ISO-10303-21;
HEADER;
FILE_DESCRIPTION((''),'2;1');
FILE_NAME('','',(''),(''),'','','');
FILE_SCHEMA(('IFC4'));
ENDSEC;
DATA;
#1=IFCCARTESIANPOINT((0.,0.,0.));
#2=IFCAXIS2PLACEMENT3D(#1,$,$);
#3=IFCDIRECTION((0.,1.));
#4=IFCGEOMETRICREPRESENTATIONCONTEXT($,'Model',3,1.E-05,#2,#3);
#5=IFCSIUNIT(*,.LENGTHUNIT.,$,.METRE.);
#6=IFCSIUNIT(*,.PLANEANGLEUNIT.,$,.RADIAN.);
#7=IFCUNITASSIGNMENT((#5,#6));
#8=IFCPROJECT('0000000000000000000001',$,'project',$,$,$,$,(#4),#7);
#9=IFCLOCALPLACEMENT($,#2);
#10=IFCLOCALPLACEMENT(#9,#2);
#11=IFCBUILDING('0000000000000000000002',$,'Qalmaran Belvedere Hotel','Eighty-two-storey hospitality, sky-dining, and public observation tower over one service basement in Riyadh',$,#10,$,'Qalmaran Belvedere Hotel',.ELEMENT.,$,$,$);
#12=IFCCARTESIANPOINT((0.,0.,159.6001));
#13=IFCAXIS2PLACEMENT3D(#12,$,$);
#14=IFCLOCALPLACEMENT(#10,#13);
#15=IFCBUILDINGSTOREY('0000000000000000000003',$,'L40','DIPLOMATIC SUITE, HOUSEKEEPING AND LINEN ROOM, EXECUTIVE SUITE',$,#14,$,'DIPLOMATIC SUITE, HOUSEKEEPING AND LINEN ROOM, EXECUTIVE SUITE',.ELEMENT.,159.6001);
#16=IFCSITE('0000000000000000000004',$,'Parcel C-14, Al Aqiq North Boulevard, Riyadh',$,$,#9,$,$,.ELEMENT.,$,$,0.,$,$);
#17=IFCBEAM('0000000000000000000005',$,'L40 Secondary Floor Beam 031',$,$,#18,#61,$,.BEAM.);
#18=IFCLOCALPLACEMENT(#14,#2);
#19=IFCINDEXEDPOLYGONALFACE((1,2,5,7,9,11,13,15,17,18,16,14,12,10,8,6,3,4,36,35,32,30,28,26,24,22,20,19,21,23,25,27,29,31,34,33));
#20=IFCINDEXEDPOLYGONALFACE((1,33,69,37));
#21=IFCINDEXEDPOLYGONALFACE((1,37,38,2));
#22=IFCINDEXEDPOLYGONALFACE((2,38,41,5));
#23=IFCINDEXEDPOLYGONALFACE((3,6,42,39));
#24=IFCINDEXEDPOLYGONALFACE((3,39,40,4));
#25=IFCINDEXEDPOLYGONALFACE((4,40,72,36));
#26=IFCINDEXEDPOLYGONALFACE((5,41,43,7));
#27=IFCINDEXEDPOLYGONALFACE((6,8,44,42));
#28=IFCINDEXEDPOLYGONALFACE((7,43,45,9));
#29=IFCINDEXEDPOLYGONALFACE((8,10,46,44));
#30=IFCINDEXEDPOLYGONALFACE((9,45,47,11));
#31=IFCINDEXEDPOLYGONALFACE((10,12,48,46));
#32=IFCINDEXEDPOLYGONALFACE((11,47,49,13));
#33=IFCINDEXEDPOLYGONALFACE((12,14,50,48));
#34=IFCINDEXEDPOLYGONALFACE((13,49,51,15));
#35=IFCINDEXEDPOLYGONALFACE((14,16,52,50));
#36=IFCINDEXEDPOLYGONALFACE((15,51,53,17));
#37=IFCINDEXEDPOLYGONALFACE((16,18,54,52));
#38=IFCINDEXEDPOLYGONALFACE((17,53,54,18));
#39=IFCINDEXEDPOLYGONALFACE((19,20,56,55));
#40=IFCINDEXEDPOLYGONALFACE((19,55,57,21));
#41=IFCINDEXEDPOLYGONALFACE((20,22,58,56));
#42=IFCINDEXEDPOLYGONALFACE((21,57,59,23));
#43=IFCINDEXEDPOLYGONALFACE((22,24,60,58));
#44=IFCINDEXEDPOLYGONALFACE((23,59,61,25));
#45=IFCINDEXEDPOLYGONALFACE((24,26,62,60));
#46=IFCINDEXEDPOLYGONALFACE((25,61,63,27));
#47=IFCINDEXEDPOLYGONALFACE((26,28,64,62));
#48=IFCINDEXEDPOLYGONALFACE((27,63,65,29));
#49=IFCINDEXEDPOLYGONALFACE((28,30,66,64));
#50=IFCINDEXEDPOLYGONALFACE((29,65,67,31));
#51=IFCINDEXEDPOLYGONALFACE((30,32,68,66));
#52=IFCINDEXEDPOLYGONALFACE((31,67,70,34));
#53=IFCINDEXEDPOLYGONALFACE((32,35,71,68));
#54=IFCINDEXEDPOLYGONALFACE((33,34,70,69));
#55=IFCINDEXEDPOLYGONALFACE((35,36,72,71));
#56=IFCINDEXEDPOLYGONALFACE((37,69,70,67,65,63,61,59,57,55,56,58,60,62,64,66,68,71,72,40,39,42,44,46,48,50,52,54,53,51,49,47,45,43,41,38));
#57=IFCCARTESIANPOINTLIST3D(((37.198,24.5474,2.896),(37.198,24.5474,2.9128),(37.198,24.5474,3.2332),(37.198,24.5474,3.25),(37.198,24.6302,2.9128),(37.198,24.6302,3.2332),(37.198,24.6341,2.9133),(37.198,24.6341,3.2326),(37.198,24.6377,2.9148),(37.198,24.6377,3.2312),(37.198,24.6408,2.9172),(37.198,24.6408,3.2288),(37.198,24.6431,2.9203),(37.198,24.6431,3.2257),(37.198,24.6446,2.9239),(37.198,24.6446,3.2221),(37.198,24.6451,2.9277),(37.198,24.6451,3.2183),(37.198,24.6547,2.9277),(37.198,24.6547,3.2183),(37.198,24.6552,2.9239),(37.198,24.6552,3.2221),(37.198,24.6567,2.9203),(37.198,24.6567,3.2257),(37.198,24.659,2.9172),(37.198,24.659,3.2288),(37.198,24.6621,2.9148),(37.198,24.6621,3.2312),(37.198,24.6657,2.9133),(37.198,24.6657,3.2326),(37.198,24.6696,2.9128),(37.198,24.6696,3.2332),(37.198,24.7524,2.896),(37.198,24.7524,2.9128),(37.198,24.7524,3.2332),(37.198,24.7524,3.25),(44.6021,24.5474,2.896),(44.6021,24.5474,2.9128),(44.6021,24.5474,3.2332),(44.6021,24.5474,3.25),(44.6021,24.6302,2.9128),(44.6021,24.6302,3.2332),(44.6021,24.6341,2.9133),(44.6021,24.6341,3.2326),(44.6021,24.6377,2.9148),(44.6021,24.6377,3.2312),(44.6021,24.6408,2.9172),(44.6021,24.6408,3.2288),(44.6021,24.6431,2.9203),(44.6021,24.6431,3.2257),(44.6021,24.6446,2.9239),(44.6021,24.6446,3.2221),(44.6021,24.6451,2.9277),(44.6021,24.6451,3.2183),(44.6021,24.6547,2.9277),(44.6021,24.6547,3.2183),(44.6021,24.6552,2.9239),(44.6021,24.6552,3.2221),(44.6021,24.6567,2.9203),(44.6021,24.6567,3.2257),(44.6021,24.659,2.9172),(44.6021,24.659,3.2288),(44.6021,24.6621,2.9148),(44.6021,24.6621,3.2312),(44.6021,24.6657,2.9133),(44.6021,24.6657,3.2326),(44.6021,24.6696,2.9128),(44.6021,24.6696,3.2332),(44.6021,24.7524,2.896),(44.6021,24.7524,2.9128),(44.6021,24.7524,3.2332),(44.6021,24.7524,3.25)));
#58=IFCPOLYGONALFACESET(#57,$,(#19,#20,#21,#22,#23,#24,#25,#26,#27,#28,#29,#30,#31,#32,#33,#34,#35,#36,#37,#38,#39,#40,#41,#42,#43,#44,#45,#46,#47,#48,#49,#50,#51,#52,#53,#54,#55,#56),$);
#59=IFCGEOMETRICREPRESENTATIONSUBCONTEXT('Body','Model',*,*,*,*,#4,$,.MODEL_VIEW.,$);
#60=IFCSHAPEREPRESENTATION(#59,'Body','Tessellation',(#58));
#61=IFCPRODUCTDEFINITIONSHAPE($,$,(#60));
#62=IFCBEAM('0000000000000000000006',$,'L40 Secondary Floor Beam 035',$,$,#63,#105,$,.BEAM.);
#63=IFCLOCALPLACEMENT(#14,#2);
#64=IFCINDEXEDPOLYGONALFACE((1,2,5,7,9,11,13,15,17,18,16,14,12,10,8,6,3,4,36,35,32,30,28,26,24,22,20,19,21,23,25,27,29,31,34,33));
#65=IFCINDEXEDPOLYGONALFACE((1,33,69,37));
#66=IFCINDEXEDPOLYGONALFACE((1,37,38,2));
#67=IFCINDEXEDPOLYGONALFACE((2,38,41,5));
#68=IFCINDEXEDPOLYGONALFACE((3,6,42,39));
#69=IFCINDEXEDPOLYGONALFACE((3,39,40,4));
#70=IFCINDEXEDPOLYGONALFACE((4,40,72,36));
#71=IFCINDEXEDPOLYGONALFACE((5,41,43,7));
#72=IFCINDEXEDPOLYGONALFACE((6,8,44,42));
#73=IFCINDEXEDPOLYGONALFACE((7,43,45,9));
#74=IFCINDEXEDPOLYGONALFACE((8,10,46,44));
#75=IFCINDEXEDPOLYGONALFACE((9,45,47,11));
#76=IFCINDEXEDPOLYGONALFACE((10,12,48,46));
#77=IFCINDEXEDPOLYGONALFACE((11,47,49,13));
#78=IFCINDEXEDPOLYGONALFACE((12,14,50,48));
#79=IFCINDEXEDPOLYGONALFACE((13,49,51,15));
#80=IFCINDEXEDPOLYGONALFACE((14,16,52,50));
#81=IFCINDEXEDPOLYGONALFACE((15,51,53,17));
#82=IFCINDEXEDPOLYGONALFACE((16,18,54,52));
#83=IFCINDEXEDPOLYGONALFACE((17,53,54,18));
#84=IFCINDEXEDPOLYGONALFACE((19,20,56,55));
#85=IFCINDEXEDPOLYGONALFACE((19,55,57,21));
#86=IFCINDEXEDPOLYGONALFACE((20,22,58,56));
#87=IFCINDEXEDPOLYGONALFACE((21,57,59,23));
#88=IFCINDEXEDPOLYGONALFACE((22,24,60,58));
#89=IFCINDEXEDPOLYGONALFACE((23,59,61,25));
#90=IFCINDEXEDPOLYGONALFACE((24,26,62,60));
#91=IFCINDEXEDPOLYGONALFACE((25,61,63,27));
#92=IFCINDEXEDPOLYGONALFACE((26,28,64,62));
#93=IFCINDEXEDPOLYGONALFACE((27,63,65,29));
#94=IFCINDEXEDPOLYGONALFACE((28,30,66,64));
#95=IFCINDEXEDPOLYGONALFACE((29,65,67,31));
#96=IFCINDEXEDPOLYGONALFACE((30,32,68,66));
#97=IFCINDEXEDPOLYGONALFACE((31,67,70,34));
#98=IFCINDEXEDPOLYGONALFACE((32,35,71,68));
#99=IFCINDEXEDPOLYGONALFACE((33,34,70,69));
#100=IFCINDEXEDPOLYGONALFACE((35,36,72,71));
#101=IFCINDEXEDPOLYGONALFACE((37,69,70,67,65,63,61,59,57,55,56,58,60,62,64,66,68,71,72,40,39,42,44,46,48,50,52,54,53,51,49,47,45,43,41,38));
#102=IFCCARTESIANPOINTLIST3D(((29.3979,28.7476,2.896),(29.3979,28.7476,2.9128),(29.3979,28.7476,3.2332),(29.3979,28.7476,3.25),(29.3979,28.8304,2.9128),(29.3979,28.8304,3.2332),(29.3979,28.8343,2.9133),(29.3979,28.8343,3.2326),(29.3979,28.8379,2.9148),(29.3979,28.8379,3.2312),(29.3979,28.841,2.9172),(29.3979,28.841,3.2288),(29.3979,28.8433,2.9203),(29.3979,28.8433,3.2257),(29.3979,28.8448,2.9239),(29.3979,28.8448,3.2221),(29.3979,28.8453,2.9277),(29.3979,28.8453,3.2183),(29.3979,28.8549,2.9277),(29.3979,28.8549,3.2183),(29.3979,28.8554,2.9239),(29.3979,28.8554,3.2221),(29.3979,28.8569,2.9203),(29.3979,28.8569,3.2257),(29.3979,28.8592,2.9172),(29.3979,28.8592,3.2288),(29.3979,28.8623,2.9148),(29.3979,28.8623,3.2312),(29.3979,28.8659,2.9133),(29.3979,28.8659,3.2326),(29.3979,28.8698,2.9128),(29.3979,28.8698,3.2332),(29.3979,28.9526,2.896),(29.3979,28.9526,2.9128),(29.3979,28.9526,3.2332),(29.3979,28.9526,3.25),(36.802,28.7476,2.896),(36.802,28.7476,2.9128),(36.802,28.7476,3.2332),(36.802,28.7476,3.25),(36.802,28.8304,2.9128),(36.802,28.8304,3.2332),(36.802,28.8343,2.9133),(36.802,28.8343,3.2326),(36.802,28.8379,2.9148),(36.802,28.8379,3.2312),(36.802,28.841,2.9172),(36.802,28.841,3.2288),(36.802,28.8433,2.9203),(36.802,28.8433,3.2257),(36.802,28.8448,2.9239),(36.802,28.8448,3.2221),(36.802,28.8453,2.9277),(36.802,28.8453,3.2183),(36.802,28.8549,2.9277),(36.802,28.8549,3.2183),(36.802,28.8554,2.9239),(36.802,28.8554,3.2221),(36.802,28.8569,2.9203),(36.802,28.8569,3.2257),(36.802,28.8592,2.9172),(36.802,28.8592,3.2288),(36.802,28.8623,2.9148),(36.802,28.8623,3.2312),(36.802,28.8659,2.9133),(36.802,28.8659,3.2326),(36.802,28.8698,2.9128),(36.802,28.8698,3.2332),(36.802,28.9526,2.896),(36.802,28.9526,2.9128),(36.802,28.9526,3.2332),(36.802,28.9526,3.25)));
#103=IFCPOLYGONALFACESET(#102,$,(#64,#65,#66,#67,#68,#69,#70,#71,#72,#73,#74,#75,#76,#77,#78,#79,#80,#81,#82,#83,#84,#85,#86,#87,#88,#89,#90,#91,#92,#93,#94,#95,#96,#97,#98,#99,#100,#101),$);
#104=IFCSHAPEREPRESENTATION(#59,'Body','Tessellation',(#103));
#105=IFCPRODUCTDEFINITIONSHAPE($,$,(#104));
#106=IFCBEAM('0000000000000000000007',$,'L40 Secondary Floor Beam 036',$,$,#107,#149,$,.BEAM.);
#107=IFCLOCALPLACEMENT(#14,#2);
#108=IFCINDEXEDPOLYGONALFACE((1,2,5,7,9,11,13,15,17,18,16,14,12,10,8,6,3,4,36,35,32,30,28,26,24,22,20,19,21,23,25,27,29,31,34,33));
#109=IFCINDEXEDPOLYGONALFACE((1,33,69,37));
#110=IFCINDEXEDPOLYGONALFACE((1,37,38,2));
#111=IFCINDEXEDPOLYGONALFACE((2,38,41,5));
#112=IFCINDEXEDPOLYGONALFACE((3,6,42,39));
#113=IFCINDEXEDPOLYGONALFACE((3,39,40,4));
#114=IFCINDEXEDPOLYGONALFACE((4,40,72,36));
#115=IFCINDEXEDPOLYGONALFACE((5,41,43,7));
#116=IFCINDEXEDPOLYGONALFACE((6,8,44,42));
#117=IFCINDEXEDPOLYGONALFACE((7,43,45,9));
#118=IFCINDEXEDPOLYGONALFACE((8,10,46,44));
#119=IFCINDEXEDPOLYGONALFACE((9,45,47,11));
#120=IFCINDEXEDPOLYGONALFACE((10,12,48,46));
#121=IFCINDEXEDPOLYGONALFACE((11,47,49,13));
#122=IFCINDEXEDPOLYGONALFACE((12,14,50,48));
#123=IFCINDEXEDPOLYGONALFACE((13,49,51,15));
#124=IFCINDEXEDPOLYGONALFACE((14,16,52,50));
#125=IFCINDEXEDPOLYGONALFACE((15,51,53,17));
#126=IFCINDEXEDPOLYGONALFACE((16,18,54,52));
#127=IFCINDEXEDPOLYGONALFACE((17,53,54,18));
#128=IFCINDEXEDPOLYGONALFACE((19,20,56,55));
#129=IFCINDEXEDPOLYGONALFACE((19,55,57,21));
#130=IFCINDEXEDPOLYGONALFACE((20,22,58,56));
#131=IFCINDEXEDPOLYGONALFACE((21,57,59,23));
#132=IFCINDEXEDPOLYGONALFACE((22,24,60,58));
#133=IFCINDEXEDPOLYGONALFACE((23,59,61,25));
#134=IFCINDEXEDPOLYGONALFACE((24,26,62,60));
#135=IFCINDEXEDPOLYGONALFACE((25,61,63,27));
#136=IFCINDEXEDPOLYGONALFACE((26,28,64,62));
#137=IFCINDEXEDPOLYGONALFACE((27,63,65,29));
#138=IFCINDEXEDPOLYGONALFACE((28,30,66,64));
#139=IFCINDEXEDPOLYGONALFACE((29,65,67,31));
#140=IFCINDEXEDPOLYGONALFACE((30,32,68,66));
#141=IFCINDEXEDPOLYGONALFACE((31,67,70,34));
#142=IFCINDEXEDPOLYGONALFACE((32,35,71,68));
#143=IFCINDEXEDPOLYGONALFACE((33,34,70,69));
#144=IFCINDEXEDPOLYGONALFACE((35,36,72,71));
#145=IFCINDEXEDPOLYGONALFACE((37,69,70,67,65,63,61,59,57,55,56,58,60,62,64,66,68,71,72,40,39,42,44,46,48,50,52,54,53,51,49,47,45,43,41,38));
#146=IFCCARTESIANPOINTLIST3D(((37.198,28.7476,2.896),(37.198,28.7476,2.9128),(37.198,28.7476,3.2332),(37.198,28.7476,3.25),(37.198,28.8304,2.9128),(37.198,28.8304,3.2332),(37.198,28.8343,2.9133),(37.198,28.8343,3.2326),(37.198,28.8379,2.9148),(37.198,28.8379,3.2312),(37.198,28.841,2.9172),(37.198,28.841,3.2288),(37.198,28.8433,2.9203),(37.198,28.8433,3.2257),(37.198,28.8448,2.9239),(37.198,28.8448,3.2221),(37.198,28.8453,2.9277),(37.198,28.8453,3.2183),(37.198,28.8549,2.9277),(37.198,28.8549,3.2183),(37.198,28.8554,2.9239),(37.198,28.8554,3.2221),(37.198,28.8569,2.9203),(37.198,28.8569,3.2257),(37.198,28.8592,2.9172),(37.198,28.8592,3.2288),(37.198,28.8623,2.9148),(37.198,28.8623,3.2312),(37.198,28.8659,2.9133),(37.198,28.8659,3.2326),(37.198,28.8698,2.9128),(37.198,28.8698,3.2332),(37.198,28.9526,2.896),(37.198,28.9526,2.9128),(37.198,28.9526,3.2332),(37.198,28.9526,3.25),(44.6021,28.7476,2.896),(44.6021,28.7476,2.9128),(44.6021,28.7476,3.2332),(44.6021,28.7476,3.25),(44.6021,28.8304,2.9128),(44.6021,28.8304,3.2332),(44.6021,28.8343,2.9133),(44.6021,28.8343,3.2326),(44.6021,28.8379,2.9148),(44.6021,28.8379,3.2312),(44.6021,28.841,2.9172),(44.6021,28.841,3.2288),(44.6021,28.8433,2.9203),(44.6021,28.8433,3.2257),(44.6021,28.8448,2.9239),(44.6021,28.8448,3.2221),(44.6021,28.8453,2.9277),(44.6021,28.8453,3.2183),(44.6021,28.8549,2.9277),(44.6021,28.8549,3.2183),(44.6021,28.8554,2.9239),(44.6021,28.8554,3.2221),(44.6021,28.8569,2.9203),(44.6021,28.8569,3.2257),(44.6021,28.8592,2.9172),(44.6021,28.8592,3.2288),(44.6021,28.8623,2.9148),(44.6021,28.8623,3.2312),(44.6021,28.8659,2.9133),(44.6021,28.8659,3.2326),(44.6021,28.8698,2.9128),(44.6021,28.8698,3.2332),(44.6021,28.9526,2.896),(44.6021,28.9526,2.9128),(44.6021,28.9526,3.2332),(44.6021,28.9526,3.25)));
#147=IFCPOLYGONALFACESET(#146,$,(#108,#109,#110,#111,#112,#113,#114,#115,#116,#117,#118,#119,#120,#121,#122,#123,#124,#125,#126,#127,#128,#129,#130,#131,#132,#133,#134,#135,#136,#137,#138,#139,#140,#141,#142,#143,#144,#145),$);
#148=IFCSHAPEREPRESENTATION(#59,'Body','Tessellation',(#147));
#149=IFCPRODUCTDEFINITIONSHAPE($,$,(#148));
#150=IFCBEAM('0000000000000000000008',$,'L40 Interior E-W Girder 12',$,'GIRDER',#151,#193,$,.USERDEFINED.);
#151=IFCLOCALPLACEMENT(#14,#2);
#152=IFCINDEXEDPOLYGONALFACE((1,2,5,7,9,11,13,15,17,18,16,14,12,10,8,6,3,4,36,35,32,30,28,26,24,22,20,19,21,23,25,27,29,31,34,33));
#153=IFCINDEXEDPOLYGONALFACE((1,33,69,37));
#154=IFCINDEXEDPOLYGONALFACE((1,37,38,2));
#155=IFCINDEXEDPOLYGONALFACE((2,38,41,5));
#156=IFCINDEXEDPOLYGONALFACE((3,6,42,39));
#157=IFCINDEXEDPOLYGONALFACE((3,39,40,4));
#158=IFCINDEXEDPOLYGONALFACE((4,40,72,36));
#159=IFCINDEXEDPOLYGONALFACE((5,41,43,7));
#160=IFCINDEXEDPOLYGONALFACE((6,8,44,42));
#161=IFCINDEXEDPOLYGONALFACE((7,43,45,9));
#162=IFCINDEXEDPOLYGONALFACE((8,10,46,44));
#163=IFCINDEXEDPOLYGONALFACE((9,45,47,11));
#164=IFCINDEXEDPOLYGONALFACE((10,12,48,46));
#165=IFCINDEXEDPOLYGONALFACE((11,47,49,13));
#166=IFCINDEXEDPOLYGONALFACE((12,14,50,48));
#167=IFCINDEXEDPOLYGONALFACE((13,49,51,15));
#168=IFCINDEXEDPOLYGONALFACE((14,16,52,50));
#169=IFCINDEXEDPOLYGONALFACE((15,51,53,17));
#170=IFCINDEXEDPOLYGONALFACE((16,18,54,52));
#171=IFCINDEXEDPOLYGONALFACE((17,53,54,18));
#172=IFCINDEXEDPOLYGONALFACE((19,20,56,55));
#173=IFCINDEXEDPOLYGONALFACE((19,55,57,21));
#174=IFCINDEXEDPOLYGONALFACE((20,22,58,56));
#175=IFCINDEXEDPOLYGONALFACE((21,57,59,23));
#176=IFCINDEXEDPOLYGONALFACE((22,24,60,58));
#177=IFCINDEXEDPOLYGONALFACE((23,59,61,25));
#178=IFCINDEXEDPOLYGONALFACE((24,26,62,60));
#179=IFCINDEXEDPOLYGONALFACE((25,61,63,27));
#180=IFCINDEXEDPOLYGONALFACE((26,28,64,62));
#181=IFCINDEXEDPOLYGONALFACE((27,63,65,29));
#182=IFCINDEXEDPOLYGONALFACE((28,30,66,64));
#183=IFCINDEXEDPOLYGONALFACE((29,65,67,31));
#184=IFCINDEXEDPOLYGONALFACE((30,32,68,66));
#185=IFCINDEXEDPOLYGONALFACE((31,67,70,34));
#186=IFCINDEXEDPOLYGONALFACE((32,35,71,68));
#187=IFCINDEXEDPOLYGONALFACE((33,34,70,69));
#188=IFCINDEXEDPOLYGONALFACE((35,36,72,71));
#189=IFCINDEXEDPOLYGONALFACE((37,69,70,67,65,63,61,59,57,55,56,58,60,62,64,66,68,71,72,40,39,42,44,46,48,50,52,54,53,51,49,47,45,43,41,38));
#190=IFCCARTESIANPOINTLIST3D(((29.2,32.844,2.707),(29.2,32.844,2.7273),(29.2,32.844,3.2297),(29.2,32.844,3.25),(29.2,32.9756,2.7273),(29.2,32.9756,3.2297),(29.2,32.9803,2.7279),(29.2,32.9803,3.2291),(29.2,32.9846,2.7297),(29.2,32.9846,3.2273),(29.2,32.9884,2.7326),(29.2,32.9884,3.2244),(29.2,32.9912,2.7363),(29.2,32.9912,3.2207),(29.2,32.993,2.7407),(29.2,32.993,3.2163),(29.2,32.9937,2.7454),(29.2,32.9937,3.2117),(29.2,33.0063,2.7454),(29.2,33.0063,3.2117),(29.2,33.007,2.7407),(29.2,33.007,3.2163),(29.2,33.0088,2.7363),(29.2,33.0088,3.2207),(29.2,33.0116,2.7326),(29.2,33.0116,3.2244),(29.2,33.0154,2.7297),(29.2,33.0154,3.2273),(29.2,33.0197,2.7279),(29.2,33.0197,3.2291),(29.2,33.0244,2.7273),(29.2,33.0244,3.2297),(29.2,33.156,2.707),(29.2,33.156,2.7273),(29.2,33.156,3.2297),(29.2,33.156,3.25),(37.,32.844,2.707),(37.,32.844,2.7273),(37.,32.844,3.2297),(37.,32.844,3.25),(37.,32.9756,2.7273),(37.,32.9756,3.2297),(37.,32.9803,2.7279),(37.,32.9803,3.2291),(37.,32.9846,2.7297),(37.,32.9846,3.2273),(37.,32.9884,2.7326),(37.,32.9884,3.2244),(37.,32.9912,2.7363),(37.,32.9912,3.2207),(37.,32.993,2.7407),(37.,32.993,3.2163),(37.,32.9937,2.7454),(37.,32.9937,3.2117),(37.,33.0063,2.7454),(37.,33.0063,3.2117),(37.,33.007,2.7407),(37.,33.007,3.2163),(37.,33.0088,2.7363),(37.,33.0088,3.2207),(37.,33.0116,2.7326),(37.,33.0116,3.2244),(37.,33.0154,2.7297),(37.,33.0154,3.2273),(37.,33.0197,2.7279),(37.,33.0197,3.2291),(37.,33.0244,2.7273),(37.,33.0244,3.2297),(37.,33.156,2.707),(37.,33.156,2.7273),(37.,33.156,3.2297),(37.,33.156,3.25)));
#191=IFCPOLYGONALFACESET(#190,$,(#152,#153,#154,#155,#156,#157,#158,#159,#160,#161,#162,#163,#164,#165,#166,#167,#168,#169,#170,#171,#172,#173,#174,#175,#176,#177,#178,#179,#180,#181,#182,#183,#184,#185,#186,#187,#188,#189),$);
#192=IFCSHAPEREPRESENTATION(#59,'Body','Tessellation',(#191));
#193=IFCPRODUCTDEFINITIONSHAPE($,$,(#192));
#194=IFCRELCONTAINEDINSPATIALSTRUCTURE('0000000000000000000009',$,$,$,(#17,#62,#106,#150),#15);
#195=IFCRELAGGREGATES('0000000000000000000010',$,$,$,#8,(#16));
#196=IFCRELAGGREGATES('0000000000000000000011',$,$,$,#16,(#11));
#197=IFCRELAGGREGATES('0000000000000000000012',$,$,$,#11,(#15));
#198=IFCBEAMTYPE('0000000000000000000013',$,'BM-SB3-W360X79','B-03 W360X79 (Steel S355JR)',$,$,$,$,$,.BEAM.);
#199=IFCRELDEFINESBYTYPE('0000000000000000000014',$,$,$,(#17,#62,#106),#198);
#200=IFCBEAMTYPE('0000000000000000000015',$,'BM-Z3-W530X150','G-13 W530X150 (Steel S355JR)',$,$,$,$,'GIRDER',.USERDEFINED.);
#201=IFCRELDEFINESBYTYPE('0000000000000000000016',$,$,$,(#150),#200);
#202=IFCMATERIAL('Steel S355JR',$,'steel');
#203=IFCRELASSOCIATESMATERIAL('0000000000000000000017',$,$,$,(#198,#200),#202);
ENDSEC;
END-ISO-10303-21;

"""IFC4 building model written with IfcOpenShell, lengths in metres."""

from ifc_helpers import new_model, si_unit, direction, frame, origin, origin_2d, place, context, subcontext, project, spatial, i_section, extrude, material, material_profile, profile_set, type_object, element, save


model = new_model("IFC4")

# Units and contexts
model_context = context("Model", 3, precision=1e-05, world=origin(), true_north=direction((0.0, 1.0)))
body_context = subcontext(model_context, "Body", "Model", "MODEL_VIEW")
ifc_project = project(units=[si_unit("LENGTHUNIT", "METRE"), si_unit("PLANEANGLEUNIT", "RADIAN")], contexts=[model_context])

# Site, building, storey
site_placement = place(None, origin())
site = spatial("IfcSite", under=ifc_project, at=site_placement, Name="Parcel C-14, Al Aqiq North Boulevard, Riyadh", CompositionType="ELEMENT", RefElevation=0.0)
building_placement = place(site_placement, origin())
building = spatial("IfcBuilding", under=site, at=building_placement, Name="Qalmaran Belvedere Hotel", Description="Eighty-two-storey hospitality, sky-dining, and public observation tower over one service basement in Riyadh", LongName="Qalmaran Belvedere Hotel", CompositionType="ELEMENT")
storey_placement = place(building_placement, frame((0.0, 0.0, 159.6001)))
storey = spatial("IfcBuildingStorey", under=building, at=storey_placement, Name="L40", Description="DIPLOMATIC SUITE, HOUSEKEEPING AND LINEN ROOM, EXECUTIVE SUITE", LongName="DIPLOMATIC SUITE, HOUSEKEEPING AND LINEN ROOM, EXECUTIVE SUITE", CompositionType="ELEMENT", Elevation=159.6001)

# Beams
ifc_material_1 = material(Name="Steel S355JR", Category="steel")
ifc_material_profile_1 = material_profile(ifc_material_1, i_section(OverallWidth=0.2051, OverallDepth=0.354, WebThickness=0.0095, FlangeThickness=0.0168, FilletRadius=0.0149, at=origin_2d()), Name="W360X79")
ifc_profile_set_1 = profile_set([ifc_material_profile_1], Name="Steel S355JR")
beam_type_1 = type_object("IfcBeamType", Name="BM-SB3-W360X79", Description="B-03 W360X79 (Steel S355JR)", PredefinedType="BEAM", material=ifc_profile_set_1)
for number, where, z_axis, x_axis, name in (
    (1, (37.198, 24.6499, 3.073), (1.0, 0.0, 0.0), (0.0, 1.0, 0.0), "L40 Secondary Floor Beam 031"),
    (2, (29.3979, 28.8501, 3.073), (1.0, 0.0, 0.0), (0.0, 1.0, 0.0), "L40 Secondary Floor Beam 035"),
    (3, (37.198, 28.8501, 3.073), (1.0, 0.0, 0.0), (0.0, 1.0, 0.0), "L40 Secondary Floor Beam 036"),
):
    element("IfcBeam", number, at=place(storey_placement, frame(where, z_axis=z_axis, x_axis=x_axis)), inside=storey, type_object=beam_type_1, Name=name, PredefinedType="BEAM", context=body_context, shape_type="SweptSolid", body=[
        extrude(i_section(OverallWidth=0.2051, OverallDepth=0.354, WebThickness=0.0095, FlangeThickness=0.0168, FilletRadius=0.0149, at=origin_2d()), origin(), (0.0, 0.0, 1.0), 7.4041),
    ])
ifc_material_profile_2 = material_profile(ifc_material_1, i_section(OverallWidth=0.312, OverallDepth=0.543, WebThickness=0.0127, FlangeThickness=0.0203, FilletRadius=0.0181, at=origin_2d()), Name="W530X150")
ifc_profile_set_2 = profile_set([ifc_material_profile_2], Name="Steel S355JR")
beam_type_2 = type_object("IfcBeamType", Name="BM-Z3-W530X150", Description="G-13 W530X150 (Steel S355JR)", ElementType="GIRDER", PredefinedType="USERDEFINED", material=ifc_profile_set_2)
for number, where, z_axis, x_axis, name in (
    (4, (29.2, 33.0, 2.9785), (1.0, 0.0, 0.0), (0.0, 1.0, 0.0), "L40 Interior E-W Girder 12"),
):
    element("IfcBeam", number, at=place(storey_placement, frame(where, z_axis=z_axis, x_axis=x_axis)), inside=storey, type_object=beam_type_2, Name=name, ObjectType="GIRDER", PredefinedType="USERDEFINED", context=body_context, shape_type="SweptSolid", body=[
        extrude(i_section(OverallWidth=0.312, OverallDepth=0.543, WebThickness=0.0127, FlangeThickness=0.0203, FilletRadius=0.0181, at=origin_2d()), origin(), (0.0, 0.0, 1.0), 7.8),
    ])

save(model, "model.ifc")
